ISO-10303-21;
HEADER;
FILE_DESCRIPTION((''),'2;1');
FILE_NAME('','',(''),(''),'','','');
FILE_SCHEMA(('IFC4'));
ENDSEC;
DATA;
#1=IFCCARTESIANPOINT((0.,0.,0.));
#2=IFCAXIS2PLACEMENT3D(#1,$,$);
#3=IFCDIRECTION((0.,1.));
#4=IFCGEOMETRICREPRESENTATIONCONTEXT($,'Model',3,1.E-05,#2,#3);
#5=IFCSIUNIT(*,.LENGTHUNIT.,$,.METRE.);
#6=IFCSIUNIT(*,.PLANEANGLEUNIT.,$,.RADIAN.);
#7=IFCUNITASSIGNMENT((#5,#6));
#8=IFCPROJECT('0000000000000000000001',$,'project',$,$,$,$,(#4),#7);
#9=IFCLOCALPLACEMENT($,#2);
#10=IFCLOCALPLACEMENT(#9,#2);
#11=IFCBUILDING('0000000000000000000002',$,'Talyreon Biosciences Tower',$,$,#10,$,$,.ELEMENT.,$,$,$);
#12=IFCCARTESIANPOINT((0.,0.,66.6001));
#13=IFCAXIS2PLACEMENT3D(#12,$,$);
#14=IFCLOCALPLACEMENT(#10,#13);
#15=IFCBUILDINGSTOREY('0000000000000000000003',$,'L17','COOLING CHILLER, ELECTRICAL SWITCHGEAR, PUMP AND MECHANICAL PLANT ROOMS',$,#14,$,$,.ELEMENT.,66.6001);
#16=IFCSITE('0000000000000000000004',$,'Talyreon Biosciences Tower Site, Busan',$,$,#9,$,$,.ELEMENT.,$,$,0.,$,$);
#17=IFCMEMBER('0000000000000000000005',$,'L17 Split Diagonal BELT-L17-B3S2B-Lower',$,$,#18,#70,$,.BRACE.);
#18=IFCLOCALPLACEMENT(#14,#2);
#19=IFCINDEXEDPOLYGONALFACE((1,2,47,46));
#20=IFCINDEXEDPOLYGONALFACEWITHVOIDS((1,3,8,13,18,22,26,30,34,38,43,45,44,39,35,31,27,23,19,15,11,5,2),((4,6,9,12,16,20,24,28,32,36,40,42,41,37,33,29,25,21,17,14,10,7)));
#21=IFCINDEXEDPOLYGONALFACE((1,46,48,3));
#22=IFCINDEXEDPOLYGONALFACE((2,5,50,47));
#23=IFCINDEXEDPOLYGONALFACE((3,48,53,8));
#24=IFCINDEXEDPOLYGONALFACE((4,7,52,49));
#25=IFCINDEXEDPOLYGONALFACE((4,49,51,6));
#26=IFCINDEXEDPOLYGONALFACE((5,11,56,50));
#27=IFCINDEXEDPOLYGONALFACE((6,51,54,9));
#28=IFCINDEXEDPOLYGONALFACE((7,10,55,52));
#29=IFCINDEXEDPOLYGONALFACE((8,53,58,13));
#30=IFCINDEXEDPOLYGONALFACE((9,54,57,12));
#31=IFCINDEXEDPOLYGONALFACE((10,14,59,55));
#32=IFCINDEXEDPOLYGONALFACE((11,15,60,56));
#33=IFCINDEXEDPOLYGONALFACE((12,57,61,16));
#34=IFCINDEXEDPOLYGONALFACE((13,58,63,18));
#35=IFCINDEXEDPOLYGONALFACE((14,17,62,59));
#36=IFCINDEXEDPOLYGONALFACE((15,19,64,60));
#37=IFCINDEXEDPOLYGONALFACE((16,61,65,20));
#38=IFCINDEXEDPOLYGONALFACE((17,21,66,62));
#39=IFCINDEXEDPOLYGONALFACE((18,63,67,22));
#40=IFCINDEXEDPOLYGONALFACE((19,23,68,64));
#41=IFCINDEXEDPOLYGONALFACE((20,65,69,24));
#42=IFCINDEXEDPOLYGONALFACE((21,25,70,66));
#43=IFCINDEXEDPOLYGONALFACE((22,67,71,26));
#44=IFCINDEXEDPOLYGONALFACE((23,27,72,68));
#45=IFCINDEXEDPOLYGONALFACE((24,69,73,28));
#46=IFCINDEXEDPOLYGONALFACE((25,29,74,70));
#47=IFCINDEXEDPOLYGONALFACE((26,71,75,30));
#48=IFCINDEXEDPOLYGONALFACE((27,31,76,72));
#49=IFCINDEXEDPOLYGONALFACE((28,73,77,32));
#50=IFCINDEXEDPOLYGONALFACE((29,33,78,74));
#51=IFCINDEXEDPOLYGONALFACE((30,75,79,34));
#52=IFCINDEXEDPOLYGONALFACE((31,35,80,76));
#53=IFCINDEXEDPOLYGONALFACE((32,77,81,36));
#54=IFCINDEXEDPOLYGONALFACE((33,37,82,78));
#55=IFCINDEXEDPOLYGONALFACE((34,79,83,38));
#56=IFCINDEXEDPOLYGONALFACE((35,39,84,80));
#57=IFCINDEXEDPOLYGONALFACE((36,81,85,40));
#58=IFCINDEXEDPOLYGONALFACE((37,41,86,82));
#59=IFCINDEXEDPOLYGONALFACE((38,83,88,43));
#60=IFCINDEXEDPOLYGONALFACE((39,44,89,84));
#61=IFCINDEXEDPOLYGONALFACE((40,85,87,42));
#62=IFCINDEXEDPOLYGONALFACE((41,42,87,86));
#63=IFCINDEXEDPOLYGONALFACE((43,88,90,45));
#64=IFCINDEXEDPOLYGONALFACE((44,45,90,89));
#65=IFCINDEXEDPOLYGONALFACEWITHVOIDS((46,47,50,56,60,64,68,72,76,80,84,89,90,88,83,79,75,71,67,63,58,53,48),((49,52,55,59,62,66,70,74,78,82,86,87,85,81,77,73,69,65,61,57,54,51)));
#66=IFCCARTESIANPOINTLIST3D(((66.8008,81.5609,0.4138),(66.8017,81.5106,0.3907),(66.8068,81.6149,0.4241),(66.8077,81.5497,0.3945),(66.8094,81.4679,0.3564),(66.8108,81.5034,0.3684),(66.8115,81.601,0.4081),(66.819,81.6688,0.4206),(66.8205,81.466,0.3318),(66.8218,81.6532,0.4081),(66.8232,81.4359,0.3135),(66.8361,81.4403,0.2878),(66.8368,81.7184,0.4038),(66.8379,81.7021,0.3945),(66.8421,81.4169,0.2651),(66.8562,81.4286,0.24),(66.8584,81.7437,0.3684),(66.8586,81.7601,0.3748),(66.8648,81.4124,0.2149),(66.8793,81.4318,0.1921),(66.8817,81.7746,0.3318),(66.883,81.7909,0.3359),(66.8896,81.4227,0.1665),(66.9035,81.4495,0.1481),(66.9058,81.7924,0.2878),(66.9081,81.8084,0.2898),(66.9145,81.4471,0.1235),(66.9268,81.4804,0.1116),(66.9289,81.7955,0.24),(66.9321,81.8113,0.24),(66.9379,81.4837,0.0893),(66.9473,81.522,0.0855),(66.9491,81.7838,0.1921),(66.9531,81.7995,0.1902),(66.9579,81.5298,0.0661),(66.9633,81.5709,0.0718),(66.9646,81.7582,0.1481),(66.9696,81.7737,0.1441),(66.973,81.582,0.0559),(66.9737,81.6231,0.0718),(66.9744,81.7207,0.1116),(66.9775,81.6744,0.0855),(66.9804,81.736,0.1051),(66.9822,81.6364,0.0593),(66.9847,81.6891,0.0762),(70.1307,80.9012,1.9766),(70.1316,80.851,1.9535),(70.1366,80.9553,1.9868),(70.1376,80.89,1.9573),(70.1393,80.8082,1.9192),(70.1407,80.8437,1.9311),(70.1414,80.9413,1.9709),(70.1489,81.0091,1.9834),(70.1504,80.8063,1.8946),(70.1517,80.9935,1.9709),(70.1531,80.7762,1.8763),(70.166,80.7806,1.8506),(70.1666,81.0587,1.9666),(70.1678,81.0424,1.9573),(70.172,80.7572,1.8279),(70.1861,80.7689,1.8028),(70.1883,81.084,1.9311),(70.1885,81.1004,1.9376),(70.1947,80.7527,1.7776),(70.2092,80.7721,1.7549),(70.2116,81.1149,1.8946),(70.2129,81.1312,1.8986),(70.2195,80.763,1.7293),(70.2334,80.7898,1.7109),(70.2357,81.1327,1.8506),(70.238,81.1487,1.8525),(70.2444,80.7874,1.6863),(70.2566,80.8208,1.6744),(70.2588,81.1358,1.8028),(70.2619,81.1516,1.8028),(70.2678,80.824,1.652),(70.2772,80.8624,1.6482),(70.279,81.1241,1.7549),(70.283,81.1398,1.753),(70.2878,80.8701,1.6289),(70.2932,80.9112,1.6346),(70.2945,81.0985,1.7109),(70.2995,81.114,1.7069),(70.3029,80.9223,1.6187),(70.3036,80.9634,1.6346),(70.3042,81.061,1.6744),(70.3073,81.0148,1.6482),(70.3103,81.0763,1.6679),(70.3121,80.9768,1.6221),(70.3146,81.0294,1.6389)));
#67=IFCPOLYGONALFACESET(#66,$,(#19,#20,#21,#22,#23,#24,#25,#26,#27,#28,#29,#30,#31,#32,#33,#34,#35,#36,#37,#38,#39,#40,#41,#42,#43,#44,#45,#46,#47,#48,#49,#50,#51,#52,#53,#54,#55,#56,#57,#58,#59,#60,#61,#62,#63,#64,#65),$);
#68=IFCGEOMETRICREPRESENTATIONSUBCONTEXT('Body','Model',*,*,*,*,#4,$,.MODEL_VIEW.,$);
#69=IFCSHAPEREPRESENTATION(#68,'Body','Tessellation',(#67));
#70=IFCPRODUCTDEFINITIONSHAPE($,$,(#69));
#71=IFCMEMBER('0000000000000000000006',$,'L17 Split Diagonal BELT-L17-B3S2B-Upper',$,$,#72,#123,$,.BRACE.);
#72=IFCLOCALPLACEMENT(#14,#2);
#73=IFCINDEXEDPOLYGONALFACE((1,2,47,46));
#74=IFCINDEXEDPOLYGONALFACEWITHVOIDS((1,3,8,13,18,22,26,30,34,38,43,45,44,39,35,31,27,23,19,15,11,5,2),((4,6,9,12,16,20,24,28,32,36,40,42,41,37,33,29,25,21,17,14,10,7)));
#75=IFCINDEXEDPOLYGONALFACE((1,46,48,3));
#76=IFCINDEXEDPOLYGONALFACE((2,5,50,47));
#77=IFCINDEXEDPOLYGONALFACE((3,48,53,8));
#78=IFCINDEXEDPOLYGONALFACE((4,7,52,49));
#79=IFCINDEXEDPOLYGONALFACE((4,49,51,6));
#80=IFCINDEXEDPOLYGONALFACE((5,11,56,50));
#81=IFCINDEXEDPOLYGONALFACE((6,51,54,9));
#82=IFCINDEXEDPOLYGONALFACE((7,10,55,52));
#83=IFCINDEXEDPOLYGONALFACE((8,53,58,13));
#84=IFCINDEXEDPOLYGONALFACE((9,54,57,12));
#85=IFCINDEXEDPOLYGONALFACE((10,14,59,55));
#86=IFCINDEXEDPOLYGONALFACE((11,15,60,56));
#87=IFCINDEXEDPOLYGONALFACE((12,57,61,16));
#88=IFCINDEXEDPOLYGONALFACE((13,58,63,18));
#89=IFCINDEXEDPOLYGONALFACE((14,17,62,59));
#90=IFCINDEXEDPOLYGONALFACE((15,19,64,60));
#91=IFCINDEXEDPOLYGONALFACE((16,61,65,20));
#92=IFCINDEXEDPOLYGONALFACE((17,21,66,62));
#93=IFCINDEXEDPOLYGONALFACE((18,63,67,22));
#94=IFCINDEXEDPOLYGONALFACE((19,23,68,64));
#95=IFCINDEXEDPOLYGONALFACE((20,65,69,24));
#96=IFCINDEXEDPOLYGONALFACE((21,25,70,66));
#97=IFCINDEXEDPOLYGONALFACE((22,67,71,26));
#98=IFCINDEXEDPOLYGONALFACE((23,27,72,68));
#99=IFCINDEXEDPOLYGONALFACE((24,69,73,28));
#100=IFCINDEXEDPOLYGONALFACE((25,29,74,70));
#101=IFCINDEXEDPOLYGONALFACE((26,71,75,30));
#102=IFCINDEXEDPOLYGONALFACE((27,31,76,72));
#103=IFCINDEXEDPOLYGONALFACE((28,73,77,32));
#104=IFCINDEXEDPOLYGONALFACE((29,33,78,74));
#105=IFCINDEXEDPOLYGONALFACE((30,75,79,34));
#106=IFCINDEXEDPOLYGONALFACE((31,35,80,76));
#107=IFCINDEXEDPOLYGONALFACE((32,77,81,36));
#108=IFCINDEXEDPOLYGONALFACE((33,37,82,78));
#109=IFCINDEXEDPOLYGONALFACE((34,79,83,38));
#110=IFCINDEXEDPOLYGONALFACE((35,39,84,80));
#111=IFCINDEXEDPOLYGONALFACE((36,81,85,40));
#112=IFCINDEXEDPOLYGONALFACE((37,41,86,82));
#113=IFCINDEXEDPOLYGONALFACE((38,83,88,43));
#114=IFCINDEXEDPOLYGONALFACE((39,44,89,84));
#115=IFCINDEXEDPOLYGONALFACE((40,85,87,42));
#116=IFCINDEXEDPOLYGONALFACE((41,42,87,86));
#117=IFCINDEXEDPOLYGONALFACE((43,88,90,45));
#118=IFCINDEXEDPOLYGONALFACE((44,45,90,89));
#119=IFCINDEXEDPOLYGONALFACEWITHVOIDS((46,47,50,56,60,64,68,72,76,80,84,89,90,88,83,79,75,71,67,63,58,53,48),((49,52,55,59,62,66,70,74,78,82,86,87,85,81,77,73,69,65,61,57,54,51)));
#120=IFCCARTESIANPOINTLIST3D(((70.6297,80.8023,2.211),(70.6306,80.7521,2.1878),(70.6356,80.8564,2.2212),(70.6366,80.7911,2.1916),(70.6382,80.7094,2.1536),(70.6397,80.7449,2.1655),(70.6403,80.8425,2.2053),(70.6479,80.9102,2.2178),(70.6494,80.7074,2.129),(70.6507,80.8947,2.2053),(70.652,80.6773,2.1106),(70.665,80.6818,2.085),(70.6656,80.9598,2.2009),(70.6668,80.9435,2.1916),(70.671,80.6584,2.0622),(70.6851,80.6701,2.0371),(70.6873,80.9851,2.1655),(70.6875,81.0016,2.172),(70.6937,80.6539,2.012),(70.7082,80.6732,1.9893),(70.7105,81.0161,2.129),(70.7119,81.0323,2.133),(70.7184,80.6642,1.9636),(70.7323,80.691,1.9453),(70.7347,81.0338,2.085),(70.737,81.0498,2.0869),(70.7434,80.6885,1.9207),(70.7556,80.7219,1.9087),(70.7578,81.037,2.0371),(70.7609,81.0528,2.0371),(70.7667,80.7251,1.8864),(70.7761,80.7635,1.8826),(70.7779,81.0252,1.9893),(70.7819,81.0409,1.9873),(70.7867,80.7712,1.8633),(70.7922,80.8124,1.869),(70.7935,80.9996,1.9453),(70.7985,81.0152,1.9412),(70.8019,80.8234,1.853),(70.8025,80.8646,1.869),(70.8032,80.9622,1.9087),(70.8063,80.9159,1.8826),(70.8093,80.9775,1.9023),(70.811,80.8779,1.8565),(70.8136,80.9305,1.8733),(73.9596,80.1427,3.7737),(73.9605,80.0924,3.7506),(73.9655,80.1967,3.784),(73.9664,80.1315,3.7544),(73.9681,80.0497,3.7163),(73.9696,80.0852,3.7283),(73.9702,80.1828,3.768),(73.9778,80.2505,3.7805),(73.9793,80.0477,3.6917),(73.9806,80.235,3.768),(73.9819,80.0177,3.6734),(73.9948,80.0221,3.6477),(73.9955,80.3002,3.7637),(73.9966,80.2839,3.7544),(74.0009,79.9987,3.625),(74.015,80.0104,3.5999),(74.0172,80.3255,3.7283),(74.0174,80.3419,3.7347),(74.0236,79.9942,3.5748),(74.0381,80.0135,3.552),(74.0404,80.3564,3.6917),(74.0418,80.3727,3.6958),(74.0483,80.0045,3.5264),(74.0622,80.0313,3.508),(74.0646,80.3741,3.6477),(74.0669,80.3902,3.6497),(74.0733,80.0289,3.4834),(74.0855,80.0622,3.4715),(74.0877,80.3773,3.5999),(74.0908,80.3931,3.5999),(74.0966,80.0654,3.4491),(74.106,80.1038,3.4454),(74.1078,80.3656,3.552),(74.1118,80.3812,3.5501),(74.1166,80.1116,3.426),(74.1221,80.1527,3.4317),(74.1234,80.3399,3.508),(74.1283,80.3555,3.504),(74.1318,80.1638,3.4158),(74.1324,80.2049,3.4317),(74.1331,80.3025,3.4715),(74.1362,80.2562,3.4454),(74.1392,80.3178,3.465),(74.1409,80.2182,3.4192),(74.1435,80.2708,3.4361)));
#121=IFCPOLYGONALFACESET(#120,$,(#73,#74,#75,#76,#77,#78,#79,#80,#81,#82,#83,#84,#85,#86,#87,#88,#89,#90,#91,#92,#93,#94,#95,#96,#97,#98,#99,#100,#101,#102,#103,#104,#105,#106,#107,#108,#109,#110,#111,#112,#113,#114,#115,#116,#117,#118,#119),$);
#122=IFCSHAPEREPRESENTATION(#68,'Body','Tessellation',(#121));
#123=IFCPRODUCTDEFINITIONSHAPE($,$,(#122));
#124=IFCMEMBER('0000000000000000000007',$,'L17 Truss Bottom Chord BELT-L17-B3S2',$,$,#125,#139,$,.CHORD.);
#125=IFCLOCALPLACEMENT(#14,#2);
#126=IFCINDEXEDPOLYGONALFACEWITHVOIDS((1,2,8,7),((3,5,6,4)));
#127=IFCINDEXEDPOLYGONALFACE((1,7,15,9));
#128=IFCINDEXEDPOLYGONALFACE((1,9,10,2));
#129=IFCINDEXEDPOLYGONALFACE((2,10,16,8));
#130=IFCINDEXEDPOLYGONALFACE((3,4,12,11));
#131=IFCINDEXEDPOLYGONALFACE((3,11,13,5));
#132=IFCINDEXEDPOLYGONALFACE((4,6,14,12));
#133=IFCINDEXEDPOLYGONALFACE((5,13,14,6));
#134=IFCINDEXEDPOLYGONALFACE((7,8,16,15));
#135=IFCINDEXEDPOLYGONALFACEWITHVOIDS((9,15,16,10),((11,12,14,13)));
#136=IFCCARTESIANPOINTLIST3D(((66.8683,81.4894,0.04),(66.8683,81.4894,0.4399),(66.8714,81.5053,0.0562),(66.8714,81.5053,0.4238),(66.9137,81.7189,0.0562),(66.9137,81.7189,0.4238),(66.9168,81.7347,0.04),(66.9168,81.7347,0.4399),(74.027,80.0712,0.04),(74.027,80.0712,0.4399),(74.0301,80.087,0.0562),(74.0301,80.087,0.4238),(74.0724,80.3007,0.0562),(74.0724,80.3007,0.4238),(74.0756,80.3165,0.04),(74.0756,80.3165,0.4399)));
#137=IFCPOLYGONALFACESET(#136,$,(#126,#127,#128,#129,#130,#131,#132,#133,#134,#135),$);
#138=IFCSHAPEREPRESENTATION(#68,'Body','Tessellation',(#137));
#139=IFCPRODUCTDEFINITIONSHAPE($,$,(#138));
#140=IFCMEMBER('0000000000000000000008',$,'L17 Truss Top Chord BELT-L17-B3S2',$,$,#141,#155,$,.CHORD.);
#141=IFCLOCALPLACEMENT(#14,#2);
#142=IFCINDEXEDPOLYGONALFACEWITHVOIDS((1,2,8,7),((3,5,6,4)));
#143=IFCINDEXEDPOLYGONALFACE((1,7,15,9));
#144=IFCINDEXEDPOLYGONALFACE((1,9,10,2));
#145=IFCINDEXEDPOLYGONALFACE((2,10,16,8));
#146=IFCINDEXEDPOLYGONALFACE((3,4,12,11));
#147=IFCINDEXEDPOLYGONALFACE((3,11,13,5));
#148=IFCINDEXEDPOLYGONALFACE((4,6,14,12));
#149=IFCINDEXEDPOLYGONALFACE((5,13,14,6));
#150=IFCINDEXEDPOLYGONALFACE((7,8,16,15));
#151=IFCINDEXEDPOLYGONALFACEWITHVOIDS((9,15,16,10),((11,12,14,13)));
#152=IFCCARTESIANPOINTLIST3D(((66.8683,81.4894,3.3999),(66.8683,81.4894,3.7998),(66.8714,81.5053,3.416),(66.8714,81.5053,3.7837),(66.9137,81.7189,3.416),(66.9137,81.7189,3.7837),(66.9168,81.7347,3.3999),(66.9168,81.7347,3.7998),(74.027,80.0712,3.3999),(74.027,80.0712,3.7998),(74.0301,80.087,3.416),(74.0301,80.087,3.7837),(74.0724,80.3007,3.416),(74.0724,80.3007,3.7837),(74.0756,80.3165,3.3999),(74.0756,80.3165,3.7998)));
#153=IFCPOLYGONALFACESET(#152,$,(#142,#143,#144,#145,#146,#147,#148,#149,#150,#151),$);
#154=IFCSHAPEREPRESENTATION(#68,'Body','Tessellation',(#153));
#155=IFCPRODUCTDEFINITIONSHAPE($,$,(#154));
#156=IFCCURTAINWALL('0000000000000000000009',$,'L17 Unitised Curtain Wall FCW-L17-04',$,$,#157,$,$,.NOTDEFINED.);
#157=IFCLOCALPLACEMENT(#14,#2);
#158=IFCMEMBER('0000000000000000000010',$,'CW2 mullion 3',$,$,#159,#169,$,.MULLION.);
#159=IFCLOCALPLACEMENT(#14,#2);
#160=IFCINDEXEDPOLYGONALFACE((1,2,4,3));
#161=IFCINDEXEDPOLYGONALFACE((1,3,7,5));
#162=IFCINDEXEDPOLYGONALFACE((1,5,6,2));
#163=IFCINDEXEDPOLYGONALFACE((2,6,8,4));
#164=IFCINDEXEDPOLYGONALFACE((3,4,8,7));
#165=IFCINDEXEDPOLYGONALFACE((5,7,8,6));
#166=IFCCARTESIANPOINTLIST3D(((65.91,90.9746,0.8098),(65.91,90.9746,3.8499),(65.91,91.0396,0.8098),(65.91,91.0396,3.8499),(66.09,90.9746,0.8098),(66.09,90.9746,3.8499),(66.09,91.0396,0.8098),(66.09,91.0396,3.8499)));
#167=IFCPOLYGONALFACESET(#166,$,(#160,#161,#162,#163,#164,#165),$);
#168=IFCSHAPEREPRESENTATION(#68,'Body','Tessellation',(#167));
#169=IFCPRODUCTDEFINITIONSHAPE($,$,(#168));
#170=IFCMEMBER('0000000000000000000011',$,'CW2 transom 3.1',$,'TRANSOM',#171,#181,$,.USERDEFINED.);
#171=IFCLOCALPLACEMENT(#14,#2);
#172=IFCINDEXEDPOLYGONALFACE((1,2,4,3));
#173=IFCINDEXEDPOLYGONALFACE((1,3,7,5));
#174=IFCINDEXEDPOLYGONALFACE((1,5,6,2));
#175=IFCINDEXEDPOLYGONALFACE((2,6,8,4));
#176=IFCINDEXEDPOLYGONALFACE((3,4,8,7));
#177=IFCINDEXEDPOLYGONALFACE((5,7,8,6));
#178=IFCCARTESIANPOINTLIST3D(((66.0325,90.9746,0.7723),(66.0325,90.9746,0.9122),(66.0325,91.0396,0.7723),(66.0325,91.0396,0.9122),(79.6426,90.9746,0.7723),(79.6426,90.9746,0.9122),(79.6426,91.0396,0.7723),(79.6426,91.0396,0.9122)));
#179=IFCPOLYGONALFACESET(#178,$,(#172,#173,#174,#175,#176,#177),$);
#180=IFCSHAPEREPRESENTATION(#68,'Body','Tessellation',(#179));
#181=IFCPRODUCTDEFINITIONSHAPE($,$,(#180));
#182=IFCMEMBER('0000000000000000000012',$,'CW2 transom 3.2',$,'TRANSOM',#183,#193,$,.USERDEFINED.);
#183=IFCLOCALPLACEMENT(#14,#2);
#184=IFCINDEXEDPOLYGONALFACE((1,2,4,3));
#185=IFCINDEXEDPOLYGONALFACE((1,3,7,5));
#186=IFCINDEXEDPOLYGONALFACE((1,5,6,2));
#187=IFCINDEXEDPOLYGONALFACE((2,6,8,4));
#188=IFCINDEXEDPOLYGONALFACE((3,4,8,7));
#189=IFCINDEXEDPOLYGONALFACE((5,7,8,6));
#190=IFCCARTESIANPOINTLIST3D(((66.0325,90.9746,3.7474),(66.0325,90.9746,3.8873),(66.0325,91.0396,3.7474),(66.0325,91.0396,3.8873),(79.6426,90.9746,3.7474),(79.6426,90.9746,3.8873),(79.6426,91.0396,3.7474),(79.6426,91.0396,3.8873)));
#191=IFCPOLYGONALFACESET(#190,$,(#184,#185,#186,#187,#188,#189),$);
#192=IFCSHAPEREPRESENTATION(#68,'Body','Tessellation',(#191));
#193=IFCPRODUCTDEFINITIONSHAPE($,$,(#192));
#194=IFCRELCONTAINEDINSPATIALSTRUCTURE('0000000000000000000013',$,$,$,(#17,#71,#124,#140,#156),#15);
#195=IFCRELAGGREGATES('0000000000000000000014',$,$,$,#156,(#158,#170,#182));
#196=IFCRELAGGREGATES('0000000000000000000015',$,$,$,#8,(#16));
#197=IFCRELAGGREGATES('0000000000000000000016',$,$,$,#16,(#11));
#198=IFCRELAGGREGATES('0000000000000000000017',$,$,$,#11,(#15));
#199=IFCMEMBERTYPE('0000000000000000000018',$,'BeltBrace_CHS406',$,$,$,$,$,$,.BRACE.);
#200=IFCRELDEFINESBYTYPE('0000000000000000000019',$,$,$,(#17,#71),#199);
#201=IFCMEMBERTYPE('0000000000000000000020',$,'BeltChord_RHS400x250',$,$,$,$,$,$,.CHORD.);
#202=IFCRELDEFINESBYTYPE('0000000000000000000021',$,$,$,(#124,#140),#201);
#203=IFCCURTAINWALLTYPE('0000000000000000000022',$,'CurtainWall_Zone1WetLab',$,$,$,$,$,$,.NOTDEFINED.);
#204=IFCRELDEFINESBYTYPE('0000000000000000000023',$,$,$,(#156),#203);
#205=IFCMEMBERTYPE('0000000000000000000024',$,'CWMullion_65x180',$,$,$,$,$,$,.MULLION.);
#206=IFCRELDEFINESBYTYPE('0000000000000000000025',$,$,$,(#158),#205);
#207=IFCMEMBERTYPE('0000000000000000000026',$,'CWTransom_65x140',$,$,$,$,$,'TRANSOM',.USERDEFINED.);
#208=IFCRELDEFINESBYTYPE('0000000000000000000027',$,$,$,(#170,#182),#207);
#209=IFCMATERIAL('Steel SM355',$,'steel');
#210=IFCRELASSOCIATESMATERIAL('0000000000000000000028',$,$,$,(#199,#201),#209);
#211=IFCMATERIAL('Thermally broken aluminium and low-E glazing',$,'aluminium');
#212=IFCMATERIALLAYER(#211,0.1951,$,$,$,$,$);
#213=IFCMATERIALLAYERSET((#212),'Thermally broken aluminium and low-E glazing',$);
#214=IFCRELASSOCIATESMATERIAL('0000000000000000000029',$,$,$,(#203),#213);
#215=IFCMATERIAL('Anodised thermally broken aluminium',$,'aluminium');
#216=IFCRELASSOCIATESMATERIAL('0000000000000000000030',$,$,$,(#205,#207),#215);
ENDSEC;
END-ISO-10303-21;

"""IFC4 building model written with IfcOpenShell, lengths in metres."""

from ifc_helpers import new_model, si_unit, direction, frame, origin, origin_2d, place, context, subcontext, project, spatial, rectangle, hollow_rectangle, hollow_circle, extrude, material, layer, layer_set, material_profile, profile_set, type_object, element, aggregate, save


model = new_model("IFC4")

# Units and contexts
model_context = context("Model", 3, precision=1e-05, world=origin(), true_north=direction((0.0, 1.0)))
body_context = subcontext(model_context, "Body", "Model", "MODEL_VIEW")
ifc_project = project(units=[si_unit("LENGTHUNIT", "METRE"), si_unit("PLANEANGLEUNIT", "RADIAN")], contexts=[model_context])

# Site, building, storey
site_placement = place(None, origin())
site = spatial("IfcSite", under=ifc_project, at=site_placement, Name="Talyreon Biosciences Tower Site, Busan", CompositionType="ELEMENT", RefElevation=0.0)
building_placement = place(site_placement, origin())
building = spatial("IfcBuilding", under=site, at=building_placement, Name="Talyreon Biosciences Tower", CompositionType="ELEMENT")
storey_placement = place(building_placement, frame((0.0, 0.0, 66.6001)))
storey = spatial("IfcBuildingStorey", under=building, at=storey_placement, Name="L17", Description="COOLING CHILLER, ELECTRICAL SWITCHGEAR, PUMP AND MECHANICAL PLANT ROOMS", CompositionType="ELEMENT", Elevation=66.6001)

# Members
ifc_material_1 = material(Name="Steel SM355", Category="steel")
ifc_material_profile_1 = material_profile(ifc_material_1, hollow_circle(Radius=0.2031, WallThickness=0.0161, at=origin_2d()), Name="CHS 406.4x16")
ifc_profile_set_1 = profile_set([ifc_material_profile_1], Name="Steel SM355")
member_type_1 = type_object("IfcMemberType", Name="BeltBrace_CHS406", PredefinedType="BRACE", material=ifc_profile_set_1)
for number, where, z_axis, x_axis, name in (
    (1, (66.8926, 81.6121, 0.24), (0.891046, -0.176524, 0.418182), (0.194332, 0.980936, 0.0), "L17 Split Diagonal BELT-L17-B3S2B-Lower"),
    (2, (70.7214, 80.8535, 2.0371), (0.891046, -0.176524, 0.418182), (0.194332, 0.980936, 0.0), "L17 Split Diagonal BELT-L17-B3S2B-Upper"),
):
    element("IfcMember", number, at=place(storey_placement, frame(where, z_axis=z_axis, x_axis=x_axis)), inside=storey, type_object=member_type_1, Name=name, PredefinedType="BRACE", context=body_context, shape_type="SweptSolid", body=[
        extrude(hollow_circle(Radius=0.2031, WallThickness=0.0161, at=origin_2d()), origin(), (0.0, 0.0, 1.0), 3.7371),
    ])
ifc_material_profile_2 = material_profile(ifc_material_1, hollow_rectangle(XDim=0.25, YDim=0.3999, WallThickness=0.0161, at=origin_2d()), Name="RHS 400x250x16")
ifc_profile_set_2 = profile_set([ifc_material_profile_2], Name="Steel SM355")
member_type_2 = type_object("IfcMemberType", Name="BeltChord_RHS400x250", PredefinedType="CHORD", material=ifc_profile_set_2)
for number, where, z_axis, x_axis, name in (
    (3, (74.0513, 80.1938, 0.24), (-0.980935, 0.194334, 0.0), (-0.194334, -0.980935, 0.0), "L17 Truss Bottom Chord BELT-L17-B3S2"),
    (4, (74.0513, 80.1938, 3.5999), (-0.980935, 0.194334, 0.0), (-0.194334, -0.980935, 0.0), "L17 Truss Top Chord BELT-L17-B3S2"),
):
    element("IfcMember", number, at=place(storey_placement, frame(where, z_axis=z_axis, x_axis=x_axis)), inside=storey, type_object=member_type_2, Name=name, PredefinedType="CHORD", context=body_context, shape_type="SweptSolid", body=[
        extrude(hollow_rectangle(XDim=0.25, YDim=0.3999, WallThickness=0.0161, at=origin_2d()), origin(), (0.0, 0.0, 1.0), 7.2979),
    ])

# Curtain wall, members
ifc_material_2 = material(Name="Thermally broken aluminium and low-E glazing", Category="aluminium")
ifc_layer_1 = layer(ifc_material_2, 0.1951)
ifc_layer_set_1 = layer_set([ifc_layer_1], Name="Thermally broken aluminium and low-E glazing")
curtain_wall_type = type_object("IfcCurtainWallType", Name="CurtainWall_Zone1WetLab", PredefinedType="NOTDEFINED", material=ifc_layer_set_1)
curtain_wall_placement = place(storey_placement, origin())
curtain_wall = element("IfcCurtainWall", 5, at=curtain_wall_placement, inside=storey, type_object=curtain_wall_type, Name="L17 Unitised Curtain Wall FCW-L17-04", PredefinedType="NOTDEFINED")
ifc_material_3 = material(Name="Anodised thermally broken aluminium", Category="aluminium")
ifc_material_profile_3 = material_profile(ifc_material_3, rectangle(XDim=0.0649, YDim=0.1799, at=origin_2d()), Name="ALUM MULLION 65x180")
ifc_profile_set_3 = profile_set([ifc_material_profile_3], Name="Anodised thermally broken aluminium")
member_type_3 = type_object("IfcMemberType", Name="CWMullion_65x180", PredefinedType="MULLION", material=ifc_profile_set_3)
member_1_placement = place(storey_placement, frame((66.0, 91.0071, 0.8098), z_axis=(0.0, 0.0, 1.0), x_axis=(0.0, 1.0, 0.0)))
member_1 = element("IfcMember", 6, at=member_1_placement, type_object=member_type_3, Name="CW2 mullion 3", PredefinedType="MULLION", context=body_context, shape_type="SweptSolid", body=[
    extrude(rectangle(XDim=0.0649, YDim=0.1799, at=origin_2d()), origin(), (0.0, 0.0, 1.0), 3.04),
])
ifc_material_profile_4 = material_profile(ifc_material_3, rectangle(XDim=0.0649, YDim=0.1399, at=origin_2d()), Name="ALUM TRANSOM 65x140")
ifc_profile_set_4 = profile_set([ifc_material_profile_4], Name="Anodised thermally broken aluminium")
member_type_4 = type_object("IfcMemberType", Name="CWTransom_65x140", ElementType="TRANSOM", PredefinedType="USERDEFINED", material=ifc_profile_set_4)
member_2_placement = place(storey_placement, frame((66.0325, 91.0071, 0.8423), z_axis=(1.0, 0.0, 0.0), x_axis=(0.0, 1.0, 0.0)))
member_2 = element("IfcMember", 7, at=member_2_placement, type_object=member_type_4, Name="CW2 transom 3.1", ObjectType="TRANSOM", PredefinedType="USERDEFINED", context=body_context, shape_type="SweptSolid", body=[
    extrude(rectangle(XDim=0.0649, YDim=0.1399, at=origin_2d()), origin(), (0.0, 0.0, 1.0), 13.6101),
])
member_3_placement = place(storey_placement, frame((66.0325, 91.0071, 3.8174), z_axis=(1.0, 0.0, 0.0), x_axis=(0.0, 1.0, 0.0)))
member_3 = element("IfcMember", 8, at=member_3_placement, type_object=member_type_4, Name="CW2 transom 3.2", ObjectType="TRANSOM", PredefinedType="USERDEFINED", context=body_context, shape_type="SweptSolid", body=[
    extrude(rectangle(XDim=0.0649, YDim=0.1399, at=origin_2d()), origin(), (0.0, 0.0, 1.0), 13.6101),
])

aggregate(curtain_wall, [member_1, member_2, member_3])

save(model, "model.ifc")
